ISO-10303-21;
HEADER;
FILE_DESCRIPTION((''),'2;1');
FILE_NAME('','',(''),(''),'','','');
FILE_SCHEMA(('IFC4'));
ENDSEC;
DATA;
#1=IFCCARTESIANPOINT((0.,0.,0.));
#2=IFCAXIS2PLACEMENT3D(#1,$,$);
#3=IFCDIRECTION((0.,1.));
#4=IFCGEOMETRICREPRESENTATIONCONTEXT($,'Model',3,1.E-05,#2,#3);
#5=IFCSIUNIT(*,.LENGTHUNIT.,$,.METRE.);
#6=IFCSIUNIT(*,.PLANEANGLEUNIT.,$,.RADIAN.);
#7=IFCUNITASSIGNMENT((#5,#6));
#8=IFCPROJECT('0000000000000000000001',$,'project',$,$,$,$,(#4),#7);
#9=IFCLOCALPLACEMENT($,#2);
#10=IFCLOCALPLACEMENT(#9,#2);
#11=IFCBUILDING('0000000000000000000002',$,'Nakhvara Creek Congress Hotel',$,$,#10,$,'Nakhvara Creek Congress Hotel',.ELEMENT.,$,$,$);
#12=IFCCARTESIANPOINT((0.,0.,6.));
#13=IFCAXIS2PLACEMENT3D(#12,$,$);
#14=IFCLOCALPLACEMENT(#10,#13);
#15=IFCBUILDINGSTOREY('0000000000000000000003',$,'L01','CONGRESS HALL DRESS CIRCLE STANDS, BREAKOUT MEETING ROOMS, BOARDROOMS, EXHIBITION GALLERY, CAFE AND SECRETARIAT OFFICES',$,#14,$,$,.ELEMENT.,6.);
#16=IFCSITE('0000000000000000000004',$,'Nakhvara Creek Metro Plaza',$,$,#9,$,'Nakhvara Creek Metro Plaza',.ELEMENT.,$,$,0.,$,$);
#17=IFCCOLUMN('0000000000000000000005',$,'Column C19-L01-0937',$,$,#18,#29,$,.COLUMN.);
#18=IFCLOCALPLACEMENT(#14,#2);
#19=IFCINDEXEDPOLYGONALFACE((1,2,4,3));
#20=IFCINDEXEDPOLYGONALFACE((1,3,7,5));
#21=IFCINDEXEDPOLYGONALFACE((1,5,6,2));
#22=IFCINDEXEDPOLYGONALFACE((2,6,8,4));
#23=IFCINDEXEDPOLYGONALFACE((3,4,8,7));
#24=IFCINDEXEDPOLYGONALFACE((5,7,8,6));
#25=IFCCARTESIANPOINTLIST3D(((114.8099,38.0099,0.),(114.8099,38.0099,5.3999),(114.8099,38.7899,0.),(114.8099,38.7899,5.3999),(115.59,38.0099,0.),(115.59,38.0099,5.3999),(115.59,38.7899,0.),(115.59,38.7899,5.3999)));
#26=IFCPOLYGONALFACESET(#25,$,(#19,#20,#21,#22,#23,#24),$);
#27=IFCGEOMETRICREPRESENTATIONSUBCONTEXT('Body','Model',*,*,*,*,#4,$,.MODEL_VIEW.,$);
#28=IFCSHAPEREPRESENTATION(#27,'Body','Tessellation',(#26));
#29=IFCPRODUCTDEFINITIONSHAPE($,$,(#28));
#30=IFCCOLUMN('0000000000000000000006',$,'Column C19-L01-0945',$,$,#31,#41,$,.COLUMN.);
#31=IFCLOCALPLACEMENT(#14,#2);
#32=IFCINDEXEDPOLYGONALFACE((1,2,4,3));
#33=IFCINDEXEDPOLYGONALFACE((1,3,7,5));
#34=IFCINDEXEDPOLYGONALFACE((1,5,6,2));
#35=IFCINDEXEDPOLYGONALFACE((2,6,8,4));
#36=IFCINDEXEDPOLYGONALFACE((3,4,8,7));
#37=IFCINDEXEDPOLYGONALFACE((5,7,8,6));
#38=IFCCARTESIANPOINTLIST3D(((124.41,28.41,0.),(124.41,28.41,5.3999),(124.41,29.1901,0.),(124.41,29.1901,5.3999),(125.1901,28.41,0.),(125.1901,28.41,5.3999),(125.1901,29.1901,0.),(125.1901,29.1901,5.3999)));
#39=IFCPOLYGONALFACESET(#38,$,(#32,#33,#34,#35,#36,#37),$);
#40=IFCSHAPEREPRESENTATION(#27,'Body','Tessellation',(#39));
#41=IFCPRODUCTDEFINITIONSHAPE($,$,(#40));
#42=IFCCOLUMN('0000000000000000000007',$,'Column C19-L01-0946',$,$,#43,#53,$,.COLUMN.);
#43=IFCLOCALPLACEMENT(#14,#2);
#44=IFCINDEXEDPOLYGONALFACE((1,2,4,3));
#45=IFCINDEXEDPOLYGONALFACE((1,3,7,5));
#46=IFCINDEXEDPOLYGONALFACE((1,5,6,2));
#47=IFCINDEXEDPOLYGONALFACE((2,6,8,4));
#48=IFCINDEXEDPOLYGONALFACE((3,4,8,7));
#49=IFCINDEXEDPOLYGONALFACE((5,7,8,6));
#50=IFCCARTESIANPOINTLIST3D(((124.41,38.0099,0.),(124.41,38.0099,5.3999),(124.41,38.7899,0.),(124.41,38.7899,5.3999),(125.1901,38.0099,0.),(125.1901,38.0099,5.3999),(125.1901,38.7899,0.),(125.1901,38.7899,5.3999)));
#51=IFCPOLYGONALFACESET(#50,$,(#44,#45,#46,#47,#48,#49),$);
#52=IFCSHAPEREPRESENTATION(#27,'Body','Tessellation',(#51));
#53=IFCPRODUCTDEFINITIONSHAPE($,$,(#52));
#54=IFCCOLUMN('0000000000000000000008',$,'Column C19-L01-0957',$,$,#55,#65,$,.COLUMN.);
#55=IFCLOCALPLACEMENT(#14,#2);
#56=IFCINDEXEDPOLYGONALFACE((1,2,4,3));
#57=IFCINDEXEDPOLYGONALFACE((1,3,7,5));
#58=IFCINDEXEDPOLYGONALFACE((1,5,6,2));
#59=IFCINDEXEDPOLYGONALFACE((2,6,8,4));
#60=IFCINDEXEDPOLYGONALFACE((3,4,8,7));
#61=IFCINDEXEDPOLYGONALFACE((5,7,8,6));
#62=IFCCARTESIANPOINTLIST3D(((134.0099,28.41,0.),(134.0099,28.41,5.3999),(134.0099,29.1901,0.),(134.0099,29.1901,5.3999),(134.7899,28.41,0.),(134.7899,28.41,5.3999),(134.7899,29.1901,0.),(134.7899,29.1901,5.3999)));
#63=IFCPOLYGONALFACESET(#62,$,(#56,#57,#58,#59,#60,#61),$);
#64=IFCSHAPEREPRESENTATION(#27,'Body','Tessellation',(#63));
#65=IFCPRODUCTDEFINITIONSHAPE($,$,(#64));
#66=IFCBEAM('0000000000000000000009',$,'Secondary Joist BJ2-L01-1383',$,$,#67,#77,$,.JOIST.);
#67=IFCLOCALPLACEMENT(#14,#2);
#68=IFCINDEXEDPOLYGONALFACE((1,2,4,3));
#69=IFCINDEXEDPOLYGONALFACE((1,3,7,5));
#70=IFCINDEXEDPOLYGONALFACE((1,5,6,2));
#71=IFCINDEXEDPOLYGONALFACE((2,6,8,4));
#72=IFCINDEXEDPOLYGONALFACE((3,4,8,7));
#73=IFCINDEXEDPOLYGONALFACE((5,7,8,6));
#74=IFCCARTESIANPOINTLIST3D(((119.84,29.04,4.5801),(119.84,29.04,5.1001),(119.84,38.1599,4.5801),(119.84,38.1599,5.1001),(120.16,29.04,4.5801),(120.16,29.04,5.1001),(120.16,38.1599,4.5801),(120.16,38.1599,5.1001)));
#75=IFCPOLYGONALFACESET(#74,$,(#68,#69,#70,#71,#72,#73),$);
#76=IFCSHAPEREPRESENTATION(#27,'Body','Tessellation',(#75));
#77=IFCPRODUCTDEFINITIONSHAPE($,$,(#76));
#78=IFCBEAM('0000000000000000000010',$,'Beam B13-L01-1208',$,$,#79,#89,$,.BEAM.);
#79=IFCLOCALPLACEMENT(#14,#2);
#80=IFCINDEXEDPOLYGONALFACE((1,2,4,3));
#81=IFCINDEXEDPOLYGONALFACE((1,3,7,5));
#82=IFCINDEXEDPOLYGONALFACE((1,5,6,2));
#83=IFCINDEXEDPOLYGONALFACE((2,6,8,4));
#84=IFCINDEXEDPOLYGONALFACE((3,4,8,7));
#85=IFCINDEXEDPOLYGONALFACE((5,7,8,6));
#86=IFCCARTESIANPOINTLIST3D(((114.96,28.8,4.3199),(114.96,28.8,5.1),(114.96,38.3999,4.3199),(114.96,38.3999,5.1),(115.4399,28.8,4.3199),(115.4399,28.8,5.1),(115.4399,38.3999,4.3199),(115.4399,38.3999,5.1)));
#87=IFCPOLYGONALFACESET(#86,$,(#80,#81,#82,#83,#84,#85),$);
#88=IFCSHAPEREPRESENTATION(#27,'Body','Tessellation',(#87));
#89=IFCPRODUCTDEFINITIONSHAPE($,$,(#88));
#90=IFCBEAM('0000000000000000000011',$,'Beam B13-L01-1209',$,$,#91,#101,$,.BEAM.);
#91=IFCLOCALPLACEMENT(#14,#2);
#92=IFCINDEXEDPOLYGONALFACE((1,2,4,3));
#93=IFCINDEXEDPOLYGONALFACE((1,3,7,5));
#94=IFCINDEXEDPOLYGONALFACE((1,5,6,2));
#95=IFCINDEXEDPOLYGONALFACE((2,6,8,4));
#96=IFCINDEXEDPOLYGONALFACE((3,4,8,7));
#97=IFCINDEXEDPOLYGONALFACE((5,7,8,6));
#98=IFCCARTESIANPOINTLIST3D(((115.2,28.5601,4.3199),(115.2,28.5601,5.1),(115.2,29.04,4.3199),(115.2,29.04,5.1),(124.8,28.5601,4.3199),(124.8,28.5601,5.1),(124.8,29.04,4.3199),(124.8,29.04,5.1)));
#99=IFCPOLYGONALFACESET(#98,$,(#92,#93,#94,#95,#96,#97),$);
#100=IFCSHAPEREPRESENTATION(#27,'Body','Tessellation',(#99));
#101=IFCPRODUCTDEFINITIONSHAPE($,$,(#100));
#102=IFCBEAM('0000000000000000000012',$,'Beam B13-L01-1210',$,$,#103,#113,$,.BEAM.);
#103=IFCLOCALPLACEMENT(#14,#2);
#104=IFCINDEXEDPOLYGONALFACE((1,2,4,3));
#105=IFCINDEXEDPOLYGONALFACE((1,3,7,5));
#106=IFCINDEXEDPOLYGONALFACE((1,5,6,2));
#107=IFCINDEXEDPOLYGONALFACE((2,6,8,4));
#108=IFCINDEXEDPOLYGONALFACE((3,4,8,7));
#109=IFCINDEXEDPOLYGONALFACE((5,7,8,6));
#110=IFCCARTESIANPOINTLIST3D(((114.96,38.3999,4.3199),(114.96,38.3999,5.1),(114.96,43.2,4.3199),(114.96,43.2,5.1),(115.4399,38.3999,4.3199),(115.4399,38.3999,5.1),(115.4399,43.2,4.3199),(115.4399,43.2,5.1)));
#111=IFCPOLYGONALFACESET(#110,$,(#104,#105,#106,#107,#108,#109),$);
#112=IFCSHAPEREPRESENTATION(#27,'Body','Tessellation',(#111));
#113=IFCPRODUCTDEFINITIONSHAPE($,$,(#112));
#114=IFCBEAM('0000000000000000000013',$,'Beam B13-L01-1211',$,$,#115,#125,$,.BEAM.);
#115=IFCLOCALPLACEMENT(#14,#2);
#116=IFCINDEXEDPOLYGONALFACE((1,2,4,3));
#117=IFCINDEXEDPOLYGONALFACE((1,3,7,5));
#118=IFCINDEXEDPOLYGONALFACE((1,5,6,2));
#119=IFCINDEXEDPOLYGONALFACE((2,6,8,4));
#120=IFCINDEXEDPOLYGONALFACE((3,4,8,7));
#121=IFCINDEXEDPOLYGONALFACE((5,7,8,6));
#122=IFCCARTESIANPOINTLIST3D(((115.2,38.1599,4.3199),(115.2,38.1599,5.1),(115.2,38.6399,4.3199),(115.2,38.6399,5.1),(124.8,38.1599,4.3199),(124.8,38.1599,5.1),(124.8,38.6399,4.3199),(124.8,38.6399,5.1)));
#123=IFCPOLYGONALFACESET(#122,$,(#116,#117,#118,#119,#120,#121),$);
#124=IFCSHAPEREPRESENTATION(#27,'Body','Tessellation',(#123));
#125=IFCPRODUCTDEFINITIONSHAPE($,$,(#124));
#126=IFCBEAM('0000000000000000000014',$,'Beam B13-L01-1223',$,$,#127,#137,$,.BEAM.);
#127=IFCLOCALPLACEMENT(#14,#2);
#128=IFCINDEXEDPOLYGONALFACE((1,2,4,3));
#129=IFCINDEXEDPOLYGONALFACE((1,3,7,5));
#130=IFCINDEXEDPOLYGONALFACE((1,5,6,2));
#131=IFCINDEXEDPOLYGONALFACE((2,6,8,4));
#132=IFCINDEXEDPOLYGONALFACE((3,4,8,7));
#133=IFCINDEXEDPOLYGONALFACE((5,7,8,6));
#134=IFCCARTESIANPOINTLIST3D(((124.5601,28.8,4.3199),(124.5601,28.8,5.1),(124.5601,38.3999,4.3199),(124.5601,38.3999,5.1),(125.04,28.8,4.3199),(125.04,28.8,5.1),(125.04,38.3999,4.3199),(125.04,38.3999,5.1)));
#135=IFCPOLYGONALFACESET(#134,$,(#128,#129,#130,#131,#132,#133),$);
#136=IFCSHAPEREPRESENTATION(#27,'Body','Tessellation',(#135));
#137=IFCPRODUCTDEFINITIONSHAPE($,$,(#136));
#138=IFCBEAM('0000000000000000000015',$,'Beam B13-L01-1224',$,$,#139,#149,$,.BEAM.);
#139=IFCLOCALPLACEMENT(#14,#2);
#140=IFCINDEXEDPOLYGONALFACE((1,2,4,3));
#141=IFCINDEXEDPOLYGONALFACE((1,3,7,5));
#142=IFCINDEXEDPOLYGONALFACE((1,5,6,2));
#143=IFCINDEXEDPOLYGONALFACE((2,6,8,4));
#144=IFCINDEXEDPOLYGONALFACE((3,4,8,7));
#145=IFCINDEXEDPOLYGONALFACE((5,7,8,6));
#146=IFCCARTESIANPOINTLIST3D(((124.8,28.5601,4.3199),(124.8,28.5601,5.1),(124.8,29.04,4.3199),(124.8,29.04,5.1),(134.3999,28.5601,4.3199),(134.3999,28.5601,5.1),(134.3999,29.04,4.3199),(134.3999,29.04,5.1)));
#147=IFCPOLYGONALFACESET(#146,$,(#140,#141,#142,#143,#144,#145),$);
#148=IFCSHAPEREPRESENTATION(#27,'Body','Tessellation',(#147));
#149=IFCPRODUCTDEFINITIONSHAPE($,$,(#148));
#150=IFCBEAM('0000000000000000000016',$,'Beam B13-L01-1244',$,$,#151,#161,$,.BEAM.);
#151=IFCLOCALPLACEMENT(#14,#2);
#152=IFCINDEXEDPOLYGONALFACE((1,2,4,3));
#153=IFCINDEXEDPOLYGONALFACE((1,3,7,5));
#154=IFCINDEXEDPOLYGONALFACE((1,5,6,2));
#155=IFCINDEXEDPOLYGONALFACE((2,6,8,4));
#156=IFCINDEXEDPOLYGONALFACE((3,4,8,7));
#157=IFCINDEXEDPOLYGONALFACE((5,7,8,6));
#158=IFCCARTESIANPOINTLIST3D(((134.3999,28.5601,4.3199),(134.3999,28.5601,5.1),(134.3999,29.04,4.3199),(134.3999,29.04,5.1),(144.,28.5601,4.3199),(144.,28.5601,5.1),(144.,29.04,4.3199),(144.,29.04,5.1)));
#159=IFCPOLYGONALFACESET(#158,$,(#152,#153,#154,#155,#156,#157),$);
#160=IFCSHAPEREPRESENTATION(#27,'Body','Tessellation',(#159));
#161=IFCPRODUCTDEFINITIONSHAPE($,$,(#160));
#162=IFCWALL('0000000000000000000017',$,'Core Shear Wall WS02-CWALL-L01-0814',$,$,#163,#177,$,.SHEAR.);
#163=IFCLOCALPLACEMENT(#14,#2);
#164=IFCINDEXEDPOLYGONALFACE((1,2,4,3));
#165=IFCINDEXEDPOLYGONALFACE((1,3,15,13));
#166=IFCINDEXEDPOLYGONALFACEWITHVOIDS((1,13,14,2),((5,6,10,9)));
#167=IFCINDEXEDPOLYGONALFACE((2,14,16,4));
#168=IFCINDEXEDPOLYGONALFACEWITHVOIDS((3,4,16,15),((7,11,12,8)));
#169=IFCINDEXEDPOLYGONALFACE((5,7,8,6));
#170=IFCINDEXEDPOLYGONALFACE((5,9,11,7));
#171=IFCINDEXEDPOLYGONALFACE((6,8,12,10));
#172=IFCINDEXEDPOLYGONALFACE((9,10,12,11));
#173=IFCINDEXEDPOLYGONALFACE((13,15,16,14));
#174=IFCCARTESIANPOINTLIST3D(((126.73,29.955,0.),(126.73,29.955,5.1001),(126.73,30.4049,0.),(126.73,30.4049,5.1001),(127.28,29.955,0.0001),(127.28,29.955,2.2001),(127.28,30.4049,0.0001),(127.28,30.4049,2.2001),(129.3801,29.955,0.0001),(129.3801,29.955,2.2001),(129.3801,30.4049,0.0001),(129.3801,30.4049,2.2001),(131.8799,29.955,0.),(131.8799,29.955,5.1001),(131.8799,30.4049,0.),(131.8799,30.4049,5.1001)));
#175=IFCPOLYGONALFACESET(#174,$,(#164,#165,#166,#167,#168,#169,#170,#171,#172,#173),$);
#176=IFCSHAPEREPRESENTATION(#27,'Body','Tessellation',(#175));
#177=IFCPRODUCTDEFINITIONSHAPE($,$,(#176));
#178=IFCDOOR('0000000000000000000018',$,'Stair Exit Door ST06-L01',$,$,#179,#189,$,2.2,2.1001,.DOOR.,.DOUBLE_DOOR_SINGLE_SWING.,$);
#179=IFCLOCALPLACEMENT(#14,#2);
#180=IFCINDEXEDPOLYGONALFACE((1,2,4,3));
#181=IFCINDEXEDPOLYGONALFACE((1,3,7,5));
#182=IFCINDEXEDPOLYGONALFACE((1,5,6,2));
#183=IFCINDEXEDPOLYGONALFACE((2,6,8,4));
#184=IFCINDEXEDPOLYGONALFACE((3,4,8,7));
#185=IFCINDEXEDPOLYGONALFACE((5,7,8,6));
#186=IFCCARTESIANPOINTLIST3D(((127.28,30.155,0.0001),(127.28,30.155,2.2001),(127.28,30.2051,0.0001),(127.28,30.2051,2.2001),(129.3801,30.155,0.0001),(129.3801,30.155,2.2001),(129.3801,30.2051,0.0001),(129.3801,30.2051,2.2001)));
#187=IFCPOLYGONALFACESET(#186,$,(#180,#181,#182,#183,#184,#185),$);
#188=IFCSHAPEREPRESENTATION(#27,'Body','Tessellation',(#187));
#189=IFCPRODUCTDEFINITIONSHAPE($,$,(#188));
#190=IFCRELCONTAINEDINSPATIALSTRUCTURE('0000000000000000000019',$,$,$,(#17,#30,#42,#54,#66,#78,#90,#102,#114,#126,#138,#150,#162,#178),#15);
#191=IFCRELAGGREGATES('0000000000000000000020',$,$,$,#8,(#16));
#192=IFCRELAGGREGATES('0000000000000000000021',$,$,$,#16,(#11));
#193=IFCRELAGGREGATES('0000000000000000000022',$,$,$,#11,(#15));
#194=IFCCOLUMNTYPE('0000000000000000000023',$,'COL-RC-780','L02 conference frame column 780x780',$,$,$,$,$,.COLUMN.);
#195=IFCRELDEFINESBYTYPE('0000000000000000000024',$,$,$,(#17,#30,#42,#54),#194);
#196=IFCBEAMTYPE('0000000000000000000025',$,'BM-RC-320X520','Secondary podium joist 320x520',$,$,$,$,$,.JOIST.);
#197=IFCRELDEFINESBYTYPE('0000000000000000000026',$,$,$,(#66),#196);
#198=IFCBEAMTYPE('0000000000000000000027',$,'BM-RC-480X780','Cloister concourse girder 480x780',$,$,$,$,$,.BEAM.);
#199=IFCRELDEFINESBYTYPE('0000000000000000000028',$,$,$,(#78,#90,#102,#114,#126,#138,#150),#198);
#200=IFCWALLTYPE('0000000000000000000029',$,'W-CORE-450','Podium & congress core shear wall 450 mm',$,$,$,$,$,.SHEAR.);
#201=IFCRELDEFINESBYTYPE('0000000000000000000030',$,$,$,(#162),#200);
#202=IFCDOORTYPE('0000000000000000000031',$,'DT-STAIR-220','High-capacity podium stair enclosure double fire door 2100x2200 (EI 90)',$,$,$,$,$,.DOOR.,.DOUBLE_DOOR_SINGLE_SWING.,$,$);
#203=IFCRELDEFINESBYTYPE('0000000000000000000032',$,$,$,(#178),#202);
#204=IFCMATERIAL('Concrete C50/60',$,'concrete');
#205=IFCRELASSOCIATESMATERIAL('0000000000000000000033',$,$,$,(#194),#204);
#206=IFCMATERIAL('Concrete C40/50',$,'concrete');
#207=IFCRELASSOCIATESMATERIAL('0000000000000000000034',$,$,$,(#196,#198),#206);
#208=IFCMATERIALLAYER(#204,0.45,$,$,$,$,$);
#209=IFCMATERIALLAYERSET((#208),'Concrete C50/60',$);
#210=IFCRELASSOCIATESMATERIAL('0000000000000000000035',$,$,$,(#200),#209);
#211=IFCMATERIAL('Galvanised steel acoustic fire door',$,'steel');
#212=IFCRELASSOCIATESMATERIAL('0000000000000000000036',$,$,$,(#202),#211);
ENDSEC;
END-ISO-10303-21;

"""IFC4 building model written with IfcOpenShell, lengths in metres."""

from ifc_helpers import new_model, si_unit, direction, frame, frame_2d, origin, origin_2d, place, context, subcontext, project, spatial, rectangle, extrude, material, layer, layer_set, material_profile, profile_set, type_object, element, fill, save


model = new_model("IFC4")

# Units and contexts
model_context = context("Model", 3, precision=1e-05, world=origin(), true_north=direction((0.0, 1.0)))
body_context = subcontext(model_context, "Body", "Model", "MODEL_VIEW")
ifc_project = project(units=[si_unit("LENGTHUNIT", "METRE"), si_unit("PLANEANGLEUNIT", "RADIAN")], contexts=[model_context])

# Site, building, storey
site_placement = place(None, origin())
site = spatial("IfcSite", under=ifc_project, at=site_placement, Name="Nakhvara Creek Metro Plaza", LongName="Nakhvara Creek Metro Plaza", CompositionType="ELEMENT", RefElevation=0.0)
building_placement = place(site_placement, origin())
building = spatial("IfcBuilding", under=site, at=building_placement, Name="Nakhvara Creek Congress Hotel", LongName="Nakhvara Creek Congress Hotel", CompositionType="ELEMENT")
storey_placement = place(building_placement, frame((0.0, 0.0, 6.0)))
storey = spatial("IfcBuildingStorey", under=building, at=storey_placement, Name="L01", Description="CONGRESS HALL DRESS CIRCLE STANDS, BREAKOUT MEETING ROOMS, BOARDROOMS, EXHIBITION GALLERY, CAFE AND SECRETARIAT OFFICES", CompositionType="ELEMENT", Elevation=6.0)

# Columns
ifc_material_1 = material(Name="Concrete C50/60", Category="concrete")
ifc_material_profile_1 = material_profile(ifc_material_1, rectangle(XDim=0.78, YDim=0.78, at=origin_2d()), Name="RC-COL 780x780", Category="LoadBearing")
ifc_profile_set_1 = profile_set([ifc_material_profile_1], Name="Concrete C50/60")
column_type = type_object("IfcColumnType", Name="COL-RC-780", Description="L02 conference frame column 780x780", PredefinedType="COLUMN", material=ifc_profile_set_1)
for number, where, z_axis, x_axis, name in (
    (1, (115.2, 38.3999, 0.0), (0.0, 0.0, 1.0), (1.0, 0.0, 0.0), "Column C19-L01-0937"),
    (2, (124.8, 28.8, 0.0), (0.0, 0.0, 1.0), (1.0, 0.0, 0.0), "Column C19-L01-0945"),
    (3, (124.8, 38.3999, 0.0), (0.0, 0.0, 1.0), (1.0, 0.0, 0.0), "Column C19-L01-0946"),
    (4, (134.3999, 28.8, 0.0), (0.0, 0.0, 1.0), (1.0, 0.0, 0.0), "Column C19-L01-0957"),
):
    element("IfcColumn", number, at=place(storey_placement, frame(where, z_axis=z_axis, x_axis=x_axis)), inside=storey, type_object=column_type, Name=name, PredefinedType="COLUMN", context=body_context, shape_type="SweptSolid", body=[
        extrude(rectangle(XDim=0.78, YDim=0.78, at=origin_2d()), origin(), (0.0, 0.0, 1.0), 5.3999),
    ])

# Beams
ifc_material_2 = material(Name="Concrete C40/50", Category="concrete")
ifc_material_profile_2 = material_profile(ifc_material_2, rectangle(XDim=0.3201, YDim=0.52, at=origin_2d()), Name="RC-BM 320x520", Category="LoadBearing")
ifc_profile_set_2 = profile_set([ifc_material_profile_2], Name="Concrete C40/50")
beam_type_1 = type_object("IfcBeamType", Name="BM-RC-320X520", Description="Secondary podium joist 320x520", PredefinedType="JOIST", material=ifc_profile_set_2)
beam_1_placement = place(storey_placement, frame((120.0, 29.04, 4.8401), z_axis=(0.0, 1.0, 0.0), x_axis=(-1.0, 0.0, 0.0)))
element("IfcBeam", 5, at=beam_1_placement, inside=storey, type_object=beam_type_1, Name="Secondary Joist BJ2-L01-1383", PredefinedType="JOIST", context=body_context, shape_type="SweptSolid", body=[
    extrude(rectangle(XDim=0.3201, YDim=0.52, at=origin_2d()), origin(), (0.0, 0.0, 1.0), 9.1199),
])
ifc_material_profile_3 = material_profile(ifc_material_2, rectangle(XDim=0.48, YDim=0.78, at=origin_2d()), Name="RC-BM 480x780", Category="LoadBearing")
ifc_profile_set_3 = profile_set([ifc_material_profile_3], Name="Concrete C40/50")
beam_type_2 = type_object("IfcBeamType", Name="BM-RC-480X780", Description="Cloister concourse girder 480x780", PredefinedType="BEAM", material=ifc_profile_set_3)
beam_2_placement = place(storey_placement, frame((115.2, 28.8, 4.71), z_axis=(0.0, 1.0, 0.0), x_axis=(-1.0, 0.0, 0.0)))
element("IfcBeam", 6, at=beam_2_placement, inside=storey, type_object=beam_type_2, Name="Beam B13-L01-1208", PredefinedType="BEAM", context=body_context, shape_type="SweptSolid", body=[
    extrude(rectangle(XDim=0.48, YDim=0.78, at=origin_2d()), origin(), (0.0, 0.0, 1.0), 9.5999),
])
beam_3_placement = place(storey_placement, frame((115.2, 28.8, 4.71), z_axis=(1.0, 0.0, 0.0), x_axis=(0.0, 1.0, 0.0)))
element("IfcBeam", 7, at=beam_3_placement, inside=storey, type_object=beam_type_2, Name="Beam B13-L01-1209", PredefinedType="BEAM", context=body_context, shape_type="SweptSolid", body=[
    extrude(rectangle(XDim=0.48, YDim=0.78, at=origin_2d()), origin(), (0.0, 0.0, 1.0), 9.6001),
])
beam_4_placement = place(storey_placement, frame((115.2, 38.3999, 4.71), z_axis=(0.0, 1.0, 0.0), x_axis=(-1.0, 0.0, 0.0)))
element("IfcBeam", 8, at=beam_4_placement, inside=storey, type_object=beam_type_2, Name="Beam B13-L01-1210", PredefinedType="BEAM", context=body_context, shape_type="SweptSolid", body=[
    extrude(rectangle(XDim=0.48, YDim=0.78, at=origin_2d()), origin(), (0.0, 0.0, 1.0), 4.8),
])
beam_5_placement = place(storey_placement, frame((115.2, 38.3999, 4.71), z_axis=(1.0, 0.0, 0.0), x_axis=(0.0, 1.0, 0.0)))
element("IfcBeam", 9, at=beam_5_placement, inside=storey, type_object=beam_type_2, Name="Beam B13-L01-1211", PredefinedType="BEAM", context=body_context, shape_type="SweptSolid", body=[
    extrude(rectangle(XDim=0.48, YDim=0.78, at=origin_2d()), origin(), (0.0, 0.0, 1.0), 9.6001),
])
for number, where, z_axis, x_axis, name in (
    (10, (124.8, 28.8, 4.71), (0.0, 1.0, 0.0), (-1.0, 0.0, 0.0), "Beam B13-L01-1223"),
    (11, (124.8, 28.8, 4.71), (1.0, 0.0, 0.0), (0.0, 1.0, 0.0), "Beam B13-L01-1224"),
):
    element("IfcBeam", number, at=place(storey_placement, frame(where, z_axis=z_axis, x_axis=x_axis)), inside=storey, type_object=beam_type_2, Name=name, PredefinedType="BEAM", context=body_context, shape_type="SweptSolid", body=[
        extrude(rectangle(XDim=0.48, YDim=0.78, at=origin_2d()), origin(), (0.0, 0.0, 1.0), 9.5999),
    ])
beam_6_placement = place(storey_placement, frame((134.3999, 28.8, 4.71), z_axis=(1.0, 0.0, 0.0), x_axis=(0.0, 1.0, 0.0)))
element("IfcBeam", 12, at=beam_6_placement, inside=storey, type_object=beam_type_2, Name="Beam B13-L01-1244", PredefinedType="BEAM", context=body_context, shape_type="SweptSolid", body=[
    extrude(rectangle(XDim=0.48, YDim=0.78, at=origin_2d()), origin(), (0.0, 0.0, 1.0), 9.6001),
])

# Wall, opening, door
ifc_layer_1 = layer(ifc_material_1, 0.45)
ifc_layer_set_1 = layer_set([ifc_layer_1], Name="Concrete C50/60")
wall_type_1 = type_object("IfcWallType", Name="W-CORE-450", Description="Podium & congress core shear wall 450 mm", PredefinedType="SHEAR", material=ifc_layer_set_1)
wall_1_placement = place(storey_placement, frame((126.73, 30.1799, 0.0), z_axis=(0.0, 0.0, 1.0), x_axis=(1.0, 0.0, 0.0)))
wall_1 = element("IfcWall", 13, at=wall_1_placement, inside=storey, type_object=wall_type_1, Name="Core Shear Wall WS02-CWALL-L01-0814", PredefinedType="SHEAR", context=body_context, shape_type="SweptSolid", body=[
    extrude(rectangle(XDim=5.1499, YDim=0.45, at=frame_2d((2.575, 0.0))), origin(), (0.0, 0.0, 1.0), 5.1001),
])
opening_placement = place(wall_1_placement, frame((0.55, 0.0, 0.0)))
opening = element("IfcOpeningElement", 14, at=opening_placement, cuts=wall_1, PredefinedType="OPENING", context=body_context, shape_type="SweptSolid", body=[
    extrude(rectangle(XDim=2.1001, YDim=2.2, at=frame_2d((1.05, 1.1001))), frame((0.0, 0.2368, 0.0), z_axis=(0.0, -1.0, 0.0), x_axis=(1.0, 0.0, 0.0)), (0.0, 0.0, 1.0), 0.4739),
])
ifc_material_3 = material(Name="Galvanised steel acoustic fire door", Category="steel")
door_type = type_object("IfcDoorType", Name="DT-STAIR-220", Description="High-capacity podium stair enclosure double fire door 2100x2200 (EI 90)", OperationType="DOUBLE_DOOR_SINGLE_SWING", PredefinedType="DOOR", material=ifc_material_3)
door_placement = place(opening_placement, frame((2.1001, 0.0, 0.0), z_axis=(0.0, 0.0, 1.0), x_axis=(-1.0, 0.0, 0.0)))
door = element("IfcDoor", 15, at=door_placement, inside=storey, type_object=door_type, Name="Stair Exit Door ST06-L01", OperationType="DOUBLE_DOOR_SINGLE_SWING", OverallHeight=2.2, OverallWidth=2.1001, PredefinedType="DOOR", context=body_context, shape_type="SweptSolid", body=[
    extrude(rectangle(XDim=2.1001, YDim=2.2, at=frame_2d((1.05, 1.1001))), frame((0.0, 0.0249, 0.0), z_axis=(0.0, -1.0, 0.0), x_axis=(1.0, 0.0, 0.0)), (0.0, 0.0, 1.0), 0.05),
])
fill(opening, door)

save(model, "model.ifc")
